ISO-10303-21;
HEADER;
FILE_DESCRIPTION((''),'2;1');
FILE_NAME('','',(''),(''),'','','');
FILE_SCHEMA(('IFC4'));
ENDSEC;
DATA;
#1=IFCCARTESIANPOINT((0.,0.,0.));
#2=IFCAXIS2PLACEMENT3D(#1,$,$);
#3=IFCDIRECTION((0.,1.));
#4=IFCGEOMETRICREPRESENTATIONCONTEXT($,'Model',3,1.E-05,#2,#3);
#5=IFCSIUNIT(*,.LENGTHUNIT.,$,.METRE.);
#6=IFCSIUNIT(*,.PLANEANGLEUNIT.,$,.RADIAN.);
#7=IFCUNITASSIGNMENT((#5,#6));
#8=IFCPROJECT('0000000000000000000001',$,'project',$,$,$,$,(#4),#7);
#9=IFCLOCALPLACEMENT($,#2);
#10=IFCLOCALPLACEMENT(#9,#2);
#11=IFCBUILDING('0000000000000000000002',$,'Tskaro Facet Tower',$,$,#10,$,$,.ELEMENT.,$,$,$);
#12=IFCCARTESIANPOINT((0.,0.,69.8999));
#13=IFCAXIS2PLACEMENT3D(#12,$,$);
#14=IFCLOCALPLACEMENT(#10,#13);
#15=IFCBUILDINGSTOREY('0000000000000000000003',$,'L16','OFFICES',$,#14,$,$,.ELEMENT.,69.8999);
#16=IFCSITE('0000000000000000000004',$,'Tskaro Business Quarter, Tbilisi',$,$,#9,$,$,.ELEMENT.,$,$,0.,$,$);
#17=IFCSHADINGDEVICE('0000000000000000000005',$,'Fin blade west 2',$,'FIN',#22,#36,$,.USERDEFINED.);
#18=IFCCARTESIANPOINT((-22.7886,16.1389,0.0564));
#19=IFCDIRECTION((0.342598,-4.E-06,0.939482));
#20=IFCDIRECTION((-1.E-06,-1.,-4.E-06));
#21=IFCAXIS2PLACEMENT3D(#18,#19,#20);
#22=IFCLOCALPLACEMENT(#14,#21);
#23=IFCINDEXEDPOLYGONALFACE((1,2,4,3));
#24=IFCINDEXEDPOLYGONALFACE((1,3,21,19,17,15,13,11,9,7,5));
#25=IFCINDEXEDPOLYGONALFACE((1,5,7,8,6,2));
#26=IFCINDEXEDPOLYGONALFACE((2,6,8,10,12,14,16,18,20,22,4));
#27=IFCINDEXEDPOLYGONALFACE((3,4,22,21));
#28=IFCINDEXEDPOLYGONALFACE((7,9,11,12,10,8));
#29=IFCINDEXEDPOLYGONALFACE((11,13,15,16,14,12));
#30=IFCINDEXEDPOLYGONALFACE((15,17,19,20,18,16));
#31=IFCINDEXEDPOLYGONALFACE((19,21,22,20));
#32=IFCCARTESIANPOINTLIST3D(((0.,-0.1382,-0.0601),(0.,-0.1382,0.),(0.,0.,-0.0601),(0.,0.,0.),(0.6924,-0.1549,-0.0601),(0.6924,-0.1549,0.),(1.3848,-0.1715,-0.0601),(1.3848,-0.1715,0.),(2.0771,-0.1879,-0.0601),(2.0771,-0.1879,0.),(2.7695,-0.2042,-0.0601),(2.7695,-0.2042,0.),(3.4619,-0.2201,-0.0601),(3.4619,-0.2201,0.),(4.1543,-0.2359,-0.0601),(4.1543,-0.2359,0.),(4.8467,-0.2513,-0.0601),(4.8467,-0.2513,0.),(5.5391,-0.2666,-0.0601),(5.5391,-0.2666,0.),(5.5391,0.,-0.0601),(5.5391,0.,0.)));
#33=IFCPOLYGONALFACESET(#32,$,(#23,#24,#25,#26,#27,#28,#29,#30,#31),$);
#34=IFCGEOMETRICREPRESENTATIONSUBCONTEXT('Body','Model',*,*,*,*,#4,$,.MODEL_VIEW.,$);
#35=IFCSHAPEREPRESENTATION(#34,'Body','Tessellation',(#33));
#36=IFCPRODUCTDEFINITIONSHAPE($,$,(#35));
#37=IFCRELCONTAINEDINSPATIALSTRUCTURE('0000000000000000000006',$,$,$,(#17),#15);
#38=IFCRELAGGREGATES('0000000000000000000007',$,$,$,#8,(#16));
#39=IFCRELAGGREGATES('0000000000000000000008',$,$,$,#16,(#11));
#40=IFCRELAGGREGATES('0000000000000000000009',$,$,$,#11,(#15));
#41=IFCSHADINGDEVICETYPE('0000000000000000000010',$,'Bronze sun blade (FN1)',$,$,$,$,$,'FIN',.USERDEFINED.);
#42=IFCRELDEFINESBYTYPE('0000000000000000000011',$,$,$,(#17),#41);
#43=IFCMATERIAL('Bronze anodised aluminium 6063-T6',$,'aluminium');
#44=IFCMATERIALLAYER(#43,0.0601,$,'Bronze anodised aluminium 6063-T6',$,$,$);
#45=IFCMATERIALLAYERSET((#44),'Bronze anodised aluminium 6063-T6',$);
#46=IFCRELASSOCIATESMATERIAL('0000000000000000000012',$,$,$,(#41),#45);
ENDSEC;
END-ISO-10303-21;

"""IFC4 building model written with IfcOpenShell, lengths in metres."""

from ifc_helpers import new_model, si_unit, direction, frame, origin, place, context, subcontext, project, spatial, polyline, outline, extrude, material, layer, layer_set, type_object, element, save


model = new_model("IFC4")

# Units and contexts
model_context = context("Model", 3, precision=1e-05, world=origin(), true_north=direction((0.0, 1.0)))
body_context = subcontext(model_context, "Body", "Model", "MODEL_VIEW")
ifc_project = project(units=[si_unit("LENGTHUNIT", "METRE"), si_unit("PLANEANGLEUNIT", "RADIAN")], contexts=[model_context])

# Site, building, storey
site_placement = place(None, origin())
site = spatial("IfcSite", under=ifc_project, at=site_placement, Name="Tskaro Business Quarter, Tbilisi", CompositionType="ELEMENT", RefElevation=0.0)
building_placement = place(site_placement, origin())
building = spatial("IfcBuilding", under=site, at=building_placement, Name="Tskaro Facet Tower", CompositionType="ELEMENT")
storey_placement = place(building_placement, frame((0.0, 0.0, 69.8999)))
storey = spatial("IfcBuildingStorey", under=building, at=storey_placement, Name="L16", Description="OFFICES", CompositionType="ELEMENT", Elevation=69.8999)

# Shared definitions
ifc_material_1 = material(Name="Bronze anodised aluminium 6063-T6", Category="aluminium")

# Shading device
ifc_layer_1 = layer(ifc_material_1, 0.0601, Name="Bronze anodised aluminium 6063-T6")
ifc_layer_set_1 = layer_set([ifc_layer_1], Name="Bronze anodised aluminium 6063-T6")
shading_device_type = type_object("IfcShadingDeviceType", Name="Bronze sun blade (FN1)", ElementType="FIN", PredefinedType="USERDEFINED", material=ifc_layer_set_1)
shading_device_1_placement = place(storey_placement, frame((-22.7886, 16.1389, 0.0564), z_axis=(0.342598, -0.000004, 0.939482), x_axis=(-0.000001, -1.0, -0.000004)))
element("IfcShadingDevice", 1, at=shading_device_1_placement, inside=storey, type_object=shading_device_type, Name="Fin blade west 2", ObjectType="FIN", PredefinedType="USERDEFINED", context=body_context, shape_type="SweptSolid", body=[
    extrude(outline(polyline([(0.0, 0.0), (5.5391, 0.0), (5.5391, -0.2666), (4.8467, -0.2513), (4.1543, -0.2359), (3.4619, -0.2201), (2.7695, -0.2042), (2.0771, -0.1879), (1.3848, -0.1715), (0.6924, -0.1549), (0.0, -0.1382), (0.0, 0.0)])), origin(), (0.0, 0.0, -1.0), 0.0601),
])

save(model, "model.ifc")
